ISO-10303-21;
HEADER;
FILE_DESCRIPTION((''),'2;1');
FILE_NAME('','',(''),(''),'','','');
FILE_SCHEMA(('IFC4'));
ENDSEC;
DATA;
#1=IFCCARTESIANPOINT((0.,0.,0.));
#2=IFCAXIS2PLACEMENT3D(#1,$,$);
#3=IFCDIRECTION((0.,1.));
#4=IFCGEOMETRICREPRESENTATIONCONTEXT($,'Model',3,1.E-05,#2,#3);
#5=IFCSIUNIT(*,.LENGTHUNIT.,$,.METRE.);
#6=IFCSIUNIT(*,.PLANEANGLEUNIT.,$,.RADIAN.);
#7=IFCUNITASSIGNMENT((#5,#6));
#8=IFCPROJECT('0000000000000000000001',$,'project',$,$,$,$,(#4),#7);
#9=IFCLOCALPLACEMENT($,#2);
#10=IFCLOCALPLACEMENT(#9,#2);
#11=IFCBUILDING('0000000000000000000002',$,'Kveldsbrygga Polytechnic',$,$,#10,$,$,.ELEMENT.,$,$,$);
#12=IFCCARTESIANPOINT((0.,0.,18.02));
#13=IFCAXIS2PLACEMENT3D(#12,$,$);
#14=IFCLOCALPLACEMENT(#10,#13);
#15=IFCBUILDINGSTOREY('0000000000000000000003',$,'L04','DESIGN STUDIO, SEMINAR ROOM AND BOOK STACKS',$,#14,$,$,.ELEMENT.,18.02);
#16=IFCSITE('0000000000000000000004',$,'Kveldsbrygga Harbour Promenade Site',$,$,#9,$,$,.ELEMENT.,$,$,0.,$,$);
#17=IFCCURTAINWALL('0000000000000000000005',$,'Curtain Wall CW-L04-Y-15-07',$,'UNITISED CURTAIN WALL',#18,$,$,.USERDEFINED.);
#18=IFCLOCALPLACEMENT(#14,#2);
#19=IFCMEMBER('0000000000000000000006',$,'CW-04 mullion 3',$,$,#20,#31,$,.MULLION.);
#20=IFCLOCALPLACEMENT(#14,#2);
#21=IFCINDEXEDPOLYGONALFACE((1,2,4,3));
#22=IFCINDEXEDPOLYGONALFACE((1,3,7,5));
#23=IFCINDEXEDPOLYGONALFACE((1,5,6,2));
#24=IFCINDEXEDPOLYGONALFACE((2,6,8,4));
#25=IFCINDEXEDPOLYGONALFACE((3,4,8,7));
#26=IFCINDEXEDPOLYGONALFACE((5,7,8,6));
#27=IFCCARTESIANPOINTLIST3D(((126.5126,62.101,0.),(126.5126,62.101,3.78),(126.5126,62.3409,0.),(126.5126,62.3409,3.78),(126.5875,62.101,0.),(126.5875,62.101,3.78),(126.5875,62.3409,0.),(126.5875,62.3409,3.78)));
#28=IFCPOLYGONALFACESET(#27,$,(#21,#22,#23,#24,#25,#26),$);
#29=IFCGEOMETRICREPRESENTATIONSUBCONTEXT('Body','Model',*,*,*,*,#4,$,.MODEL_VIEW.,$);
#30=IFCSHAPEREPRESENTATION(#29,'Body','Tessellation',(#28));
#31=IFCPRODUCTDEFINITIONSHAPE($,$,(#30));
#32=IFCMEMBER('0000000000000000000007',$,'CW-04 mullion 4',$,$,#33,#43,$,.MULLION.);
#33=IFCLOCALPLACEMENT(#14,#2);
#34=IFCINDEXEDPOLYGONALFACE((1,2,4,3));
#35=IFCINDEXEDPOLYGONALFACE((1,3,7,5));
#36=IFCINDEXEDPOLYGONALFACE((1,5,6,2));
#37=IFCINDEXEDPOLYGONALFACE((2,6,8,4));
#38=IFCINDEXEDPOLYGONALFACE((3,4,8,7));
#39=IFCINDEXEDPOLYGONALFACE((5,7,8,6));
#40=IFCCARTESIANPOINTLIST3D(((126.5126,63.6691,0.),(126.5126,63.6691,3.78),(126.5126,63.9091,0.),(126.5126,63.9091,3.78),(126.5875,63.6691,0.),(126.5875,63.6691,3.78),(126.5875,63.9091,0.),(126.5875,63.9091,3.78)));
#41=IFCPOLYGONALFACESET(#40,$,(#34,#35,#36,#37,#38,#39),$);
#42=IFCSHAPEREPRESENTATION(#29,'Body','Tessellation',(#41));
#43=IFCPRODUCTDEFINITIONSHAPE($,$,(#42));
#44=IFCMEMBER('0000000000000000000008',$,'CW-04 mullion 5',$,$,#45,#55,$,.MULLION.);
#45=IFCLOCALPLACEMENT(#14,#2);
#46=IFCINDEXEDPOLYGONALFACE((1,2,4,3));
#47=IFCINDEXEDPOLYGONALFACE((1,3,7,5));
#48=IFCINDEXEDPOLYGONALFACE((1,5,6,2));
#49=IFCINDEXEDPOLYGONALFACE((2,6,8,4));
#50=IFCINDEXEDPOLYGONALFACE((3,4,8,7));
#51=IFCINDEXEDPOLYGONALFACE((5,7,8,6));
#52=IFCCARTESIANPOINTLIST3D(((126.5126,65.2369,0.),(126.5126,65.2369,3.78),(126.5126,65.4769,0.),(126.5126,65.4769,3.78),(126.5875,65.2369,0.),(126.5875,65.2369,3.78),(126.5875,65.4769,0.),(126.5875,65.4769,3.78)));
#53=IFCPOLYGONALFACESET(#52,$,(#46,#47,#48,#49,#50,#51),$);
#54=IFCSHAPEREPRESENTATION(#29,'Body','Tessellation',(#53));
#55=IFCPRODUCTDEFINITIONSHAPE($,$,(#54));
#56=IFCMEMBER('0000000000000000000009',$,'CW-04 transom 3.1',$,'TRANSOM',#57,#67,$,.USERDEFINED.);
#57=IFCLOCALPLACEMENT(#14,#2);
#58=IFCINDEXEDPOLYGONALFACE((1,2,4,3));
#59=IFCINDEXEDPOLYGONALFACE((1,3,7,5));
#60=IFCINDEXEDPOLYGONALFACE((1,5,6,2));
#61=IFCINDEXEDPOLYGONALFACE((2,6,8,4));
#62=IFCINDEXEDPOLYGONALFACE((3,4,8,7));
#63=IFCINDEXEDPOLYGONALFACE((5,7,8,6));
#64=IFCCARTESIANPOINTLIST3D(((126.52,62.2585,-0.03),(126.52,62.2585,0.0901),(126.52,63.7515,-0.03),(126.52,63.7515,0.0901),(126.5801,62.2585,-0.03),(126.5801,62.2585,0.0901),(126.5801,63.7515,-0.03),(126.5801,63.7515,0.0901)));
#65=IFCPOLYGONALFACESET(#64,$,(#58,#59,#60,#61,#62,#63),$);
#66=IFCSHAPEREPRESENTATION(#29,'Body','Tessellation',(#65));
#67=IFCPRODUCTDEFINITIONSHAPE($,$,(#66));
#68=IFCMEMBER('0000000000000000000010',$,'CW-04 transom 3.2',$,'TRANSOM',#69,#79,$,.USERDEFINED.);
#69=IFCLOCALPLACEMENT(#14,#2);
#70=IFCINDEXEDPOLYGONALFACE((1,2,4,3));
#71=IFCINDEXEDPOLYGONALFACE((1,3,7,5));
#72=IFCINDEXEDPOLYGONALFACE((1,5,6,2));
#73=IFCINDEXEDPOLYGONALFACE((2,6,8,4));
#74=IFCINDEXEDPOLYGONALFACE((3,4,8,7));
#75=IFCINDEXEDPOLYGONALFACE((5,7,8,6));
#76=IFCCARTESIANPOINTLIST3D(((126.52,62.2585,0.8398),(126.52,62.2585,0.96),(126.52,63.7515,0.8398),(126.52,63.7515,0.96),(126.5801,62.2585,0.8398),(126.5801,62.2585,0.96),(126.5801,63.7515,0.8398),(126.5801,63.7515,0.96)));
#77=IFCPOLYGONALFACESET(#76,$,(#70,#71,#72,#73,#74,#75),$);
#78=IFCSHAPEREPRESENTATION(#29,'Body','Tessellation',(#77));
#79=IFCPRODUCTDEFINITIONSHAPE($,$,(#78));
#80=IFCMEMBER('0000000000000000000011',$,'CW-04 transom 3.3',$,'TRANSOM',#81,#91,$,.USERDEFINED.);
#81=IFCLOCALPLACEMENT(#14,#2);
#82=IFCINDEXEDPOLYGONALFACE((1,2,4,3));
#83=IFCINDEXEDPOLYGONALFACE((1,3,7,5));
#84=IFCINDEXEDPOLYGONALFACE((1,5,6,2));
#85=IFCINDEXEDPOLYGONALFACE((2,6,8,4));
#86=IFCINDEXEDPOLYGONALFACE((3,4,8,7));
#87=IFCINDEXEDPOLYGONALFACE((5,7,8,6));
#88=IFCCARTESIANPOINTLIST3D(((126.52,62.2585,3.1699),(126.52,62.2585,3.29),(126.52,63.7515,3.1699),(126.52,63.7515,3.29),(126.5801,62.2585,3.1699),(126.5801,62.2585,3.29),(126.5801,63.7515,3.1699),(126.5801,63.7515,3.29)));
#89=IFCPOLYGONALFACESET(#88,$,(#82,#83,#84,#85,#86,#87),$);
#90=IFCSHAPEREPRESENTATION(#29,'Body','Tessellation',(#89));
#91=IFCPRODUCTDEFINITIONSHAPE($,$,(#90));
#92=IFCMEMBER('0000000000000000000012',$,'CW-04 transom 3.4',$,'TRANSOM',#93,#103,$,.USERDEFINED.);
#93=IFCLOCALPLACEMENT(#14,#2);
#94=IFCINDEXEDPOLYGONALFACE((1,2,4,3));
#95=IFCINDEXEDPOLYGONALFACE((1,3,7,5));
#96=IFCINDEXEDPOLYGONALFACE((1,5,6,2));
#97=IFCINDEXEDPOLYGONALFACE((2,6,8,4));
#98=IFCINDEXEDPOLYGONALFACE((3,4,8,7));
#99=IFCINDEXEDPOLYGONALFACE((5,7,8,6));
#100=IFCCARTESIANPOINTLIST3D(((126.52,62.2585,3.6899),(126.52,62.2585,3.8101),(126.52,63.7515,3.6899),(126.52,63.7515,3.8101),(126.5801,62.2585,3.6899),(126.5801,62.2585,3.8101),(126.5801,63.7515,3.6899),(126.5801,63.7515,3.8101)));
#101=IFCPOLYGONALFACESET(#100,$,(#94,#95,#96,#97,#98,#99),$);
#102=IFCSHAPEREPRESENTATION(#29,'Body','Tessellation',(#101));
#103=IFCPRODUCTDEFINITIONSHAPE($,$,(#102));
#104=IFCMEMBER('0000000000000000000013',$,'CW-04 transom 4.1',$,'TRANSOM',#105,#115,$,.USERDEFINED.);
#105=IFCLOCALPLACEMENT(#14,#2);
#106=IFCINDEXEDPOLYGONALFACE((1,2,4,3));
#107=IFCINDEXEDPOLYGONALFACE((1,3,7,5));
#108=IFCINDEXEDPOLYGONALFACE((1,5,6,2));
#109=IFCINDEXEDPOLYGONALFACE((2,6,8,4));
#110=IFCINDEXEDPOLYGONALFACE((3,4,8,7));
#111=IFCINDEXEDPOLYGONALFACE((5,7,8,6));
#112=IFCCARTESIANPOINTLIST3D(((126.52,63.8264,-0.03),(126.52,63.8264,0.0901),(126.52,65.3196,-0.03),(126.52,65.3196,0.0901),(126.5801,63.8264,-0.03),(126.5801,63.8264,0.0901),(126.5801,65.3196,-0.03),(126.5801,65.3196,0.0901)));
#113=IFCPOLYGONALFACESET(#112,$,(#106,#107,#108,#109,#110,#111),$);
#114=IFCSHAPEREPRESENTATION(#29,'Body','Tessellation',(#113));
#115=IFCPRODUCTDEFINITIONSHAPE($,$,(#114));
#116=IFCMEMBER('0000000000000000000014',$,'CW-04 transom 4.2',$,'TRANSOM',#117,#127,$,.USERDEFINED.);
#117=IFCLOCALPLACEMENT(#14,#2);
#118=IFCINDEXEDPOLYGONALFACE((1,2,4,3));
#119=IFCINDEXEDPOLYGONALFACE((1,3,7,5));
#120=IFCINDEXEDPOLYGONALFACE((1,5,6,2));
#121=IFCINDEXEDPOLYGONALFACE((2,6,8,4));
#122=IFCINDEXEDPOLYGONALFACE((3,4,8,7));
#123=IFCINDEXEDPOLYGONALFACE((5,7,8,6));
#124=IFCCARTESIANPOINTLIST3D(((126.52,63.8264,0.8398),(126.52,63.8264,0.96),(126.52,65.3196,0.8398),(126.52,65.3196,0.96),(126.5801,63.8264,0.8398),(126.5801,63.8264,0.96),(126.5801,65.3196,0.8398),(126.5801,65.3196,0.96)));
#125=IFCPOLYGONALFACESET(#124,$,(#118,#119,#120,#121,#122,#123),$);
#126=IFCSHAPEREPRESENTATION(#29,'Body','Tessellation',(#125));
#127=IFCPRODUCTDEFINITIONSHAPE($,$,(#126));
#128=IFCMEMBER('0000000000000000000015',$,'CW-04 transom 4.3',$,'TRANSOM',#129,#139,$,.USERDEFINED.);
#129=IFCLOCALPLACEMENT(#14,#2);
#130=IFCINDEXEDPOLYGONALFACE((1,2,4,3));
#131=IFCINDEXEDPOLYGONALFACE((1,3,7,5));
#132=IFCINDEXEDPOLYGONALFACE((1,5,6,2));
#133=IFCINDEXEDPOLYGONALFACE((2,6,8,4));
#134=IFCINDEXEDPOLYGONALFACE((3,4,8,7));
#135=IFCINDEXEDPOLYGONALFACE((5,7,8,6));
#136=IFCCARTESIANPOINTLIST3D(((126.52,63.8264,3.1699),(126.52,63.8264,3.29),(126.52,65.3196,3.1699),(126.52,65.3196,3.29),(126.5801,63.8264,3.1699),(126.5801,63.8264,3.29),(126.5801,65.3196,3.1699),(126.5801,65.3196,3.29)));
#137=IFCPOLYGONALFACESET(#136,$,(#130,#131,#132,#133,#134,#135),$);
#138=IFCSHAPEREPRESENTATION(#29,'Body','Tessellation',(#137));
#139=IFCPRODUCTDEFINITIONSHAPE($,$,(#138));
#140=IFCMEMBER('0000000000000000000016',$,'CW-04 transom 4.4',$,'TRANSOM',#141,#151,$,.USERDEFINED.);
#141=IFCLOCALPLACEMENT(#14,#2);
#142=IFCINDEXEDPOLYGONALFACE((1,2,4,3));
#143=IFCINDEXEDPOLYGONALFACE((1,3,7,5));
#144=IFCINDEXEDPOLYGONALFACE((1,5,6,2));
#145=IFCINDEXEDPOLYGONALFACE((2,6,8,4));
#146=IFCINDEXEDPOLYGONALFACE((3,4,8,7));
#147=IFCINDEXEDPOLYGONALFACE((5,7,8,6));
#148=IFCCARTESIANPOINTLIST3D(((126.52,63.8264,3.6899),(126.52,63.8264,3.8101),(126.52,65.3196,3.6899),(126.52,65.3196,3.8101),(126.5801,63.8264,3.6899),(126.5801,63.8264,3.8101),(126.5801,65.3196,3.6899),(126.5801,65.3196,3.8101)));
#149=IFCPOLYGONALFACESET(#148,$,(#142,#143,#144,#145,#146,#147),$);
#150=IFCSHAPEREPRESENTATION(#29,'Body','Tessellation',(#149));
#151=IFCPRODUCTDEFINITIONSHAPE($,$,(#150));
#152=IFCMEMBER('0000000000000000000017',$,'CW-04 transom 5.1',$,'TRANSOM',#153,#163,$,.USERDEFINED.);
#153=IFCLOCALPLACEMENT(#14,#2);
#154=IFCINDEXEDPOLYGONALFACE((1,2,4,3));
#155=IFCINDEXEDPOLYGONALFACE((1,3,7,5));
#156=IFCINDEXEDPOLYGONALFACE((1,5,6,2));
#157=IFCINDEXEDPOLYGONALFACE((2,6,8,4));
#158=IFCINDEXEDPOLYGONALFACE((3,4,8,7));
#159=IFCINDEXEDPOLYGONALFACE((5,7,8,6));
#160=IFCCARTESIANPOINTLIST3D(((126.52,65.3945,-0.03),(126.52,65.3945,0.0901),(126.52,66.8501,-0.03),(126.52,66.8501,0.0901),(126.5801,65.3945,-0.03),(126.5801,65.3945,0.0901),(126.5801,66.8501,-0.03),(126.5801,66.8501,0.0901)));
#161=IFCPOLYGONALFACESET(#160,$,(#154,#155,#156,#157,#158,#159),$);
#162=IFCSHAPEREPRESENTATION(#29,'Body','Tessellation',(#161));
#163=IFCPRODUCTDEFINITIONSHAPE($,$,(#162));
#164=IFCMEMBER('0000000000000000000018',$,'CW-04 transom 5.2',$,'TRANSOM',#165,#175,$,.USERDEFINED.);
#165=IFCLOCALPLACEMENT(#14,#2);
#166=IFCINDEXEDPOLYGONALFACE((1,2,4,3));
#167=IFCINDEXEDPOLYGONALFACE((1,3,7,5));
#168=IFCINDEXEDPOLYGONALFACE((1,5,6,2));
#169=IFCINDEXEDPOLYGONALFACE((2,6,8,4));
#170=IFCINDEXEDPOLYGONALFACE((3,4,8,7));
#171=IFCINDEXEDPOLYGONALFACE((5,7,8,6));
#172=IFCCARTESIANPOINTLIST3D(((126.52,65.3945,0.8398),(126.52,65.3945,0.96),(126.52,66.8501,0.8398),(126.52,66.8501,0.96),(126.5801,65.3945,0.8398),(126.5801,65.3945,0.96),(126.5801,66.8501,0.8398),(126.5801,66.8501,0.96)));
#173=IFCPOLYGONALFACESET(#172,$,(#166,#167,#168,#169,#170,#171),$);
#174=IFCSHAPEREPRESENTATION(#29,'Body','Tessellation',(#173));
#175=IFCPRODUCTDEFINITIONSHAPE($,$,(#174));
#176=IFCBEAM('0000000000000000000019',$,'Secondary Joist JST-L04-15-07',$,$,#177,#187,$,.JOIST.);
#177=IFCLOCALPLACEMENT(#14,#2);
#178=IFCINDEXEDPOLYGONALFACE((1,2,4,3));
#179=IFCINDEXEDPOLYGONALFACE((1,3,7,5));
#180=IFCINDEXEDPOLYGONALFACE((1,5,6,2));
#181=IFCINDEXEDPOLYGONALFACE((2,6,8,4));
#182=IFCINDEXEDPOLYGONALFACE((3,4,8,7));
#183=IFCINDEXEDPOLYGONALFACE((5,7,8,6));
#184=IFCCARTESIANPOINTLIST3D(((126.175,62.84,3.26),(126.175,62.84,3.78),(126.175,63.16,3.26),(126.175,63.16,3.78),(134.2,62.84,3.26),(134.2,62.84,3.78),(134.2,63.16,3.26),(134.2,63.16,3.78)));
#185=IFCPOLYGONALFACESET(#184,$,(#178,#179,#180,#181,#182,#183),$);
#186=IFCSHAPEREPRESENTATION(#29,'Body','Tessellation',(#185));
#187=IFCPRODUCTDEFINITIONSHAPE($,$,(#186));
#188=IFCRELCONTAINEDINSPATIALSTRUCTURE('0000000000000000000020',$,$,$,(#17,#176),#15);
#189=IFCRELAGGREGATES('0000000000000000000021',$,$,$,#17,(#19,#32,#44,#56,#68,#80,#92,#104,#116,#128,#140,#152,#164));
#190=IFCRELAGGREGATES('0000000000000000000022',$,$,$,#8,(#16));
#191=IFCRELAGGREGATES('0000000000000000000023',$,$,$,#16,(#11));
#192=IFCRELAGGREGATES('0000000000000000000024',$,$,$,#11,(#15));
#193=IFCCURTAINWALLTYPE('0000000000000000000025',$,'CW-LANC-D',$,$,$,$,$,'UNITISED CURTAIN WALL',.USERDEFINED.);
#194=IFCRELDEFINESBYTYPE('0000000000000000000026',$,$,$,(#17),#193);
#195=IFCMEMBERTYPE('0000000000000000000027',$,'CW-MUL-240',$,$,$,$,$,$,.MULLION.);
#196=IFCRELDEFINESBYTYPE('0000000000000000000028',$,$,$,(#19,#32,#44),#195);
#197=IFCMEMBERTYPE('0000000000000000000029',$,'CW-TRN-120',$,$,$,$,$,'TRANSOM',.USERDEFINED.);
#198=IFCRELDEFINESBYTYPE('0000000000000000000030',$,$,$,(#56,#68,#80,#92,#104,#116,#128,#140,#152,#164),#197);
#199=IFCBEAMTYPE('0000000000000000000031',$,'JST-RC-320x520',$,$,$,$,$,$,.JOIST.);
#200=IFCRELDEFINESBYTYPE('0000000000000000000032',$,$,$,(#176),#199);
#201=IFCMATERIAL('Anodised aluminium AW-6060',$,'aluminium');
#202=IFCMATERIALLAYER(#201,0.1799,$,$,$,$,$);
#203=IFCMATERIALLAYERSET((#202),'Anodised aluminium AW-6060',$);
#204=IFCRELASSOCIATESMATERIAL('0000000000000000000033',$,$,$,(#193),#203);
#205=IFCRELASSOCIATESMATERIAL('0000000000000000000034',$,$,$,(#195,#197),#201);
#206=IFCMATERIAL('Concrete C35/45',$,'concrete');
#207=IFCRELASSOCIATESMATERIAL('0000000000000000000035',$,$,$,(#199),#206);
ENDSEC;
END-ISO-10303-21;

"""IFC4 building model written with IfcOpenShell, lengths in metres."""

from ifc_helpers import new_model, si_unit, direction, frame, origin, origin_2d, place, context, subcontext, project, spatial, rectangle, extrude, material, layer, layer_set, material_profile, profile_set, type_object, element, aggregate, save


model = new_model("IFC4")

# Units and contexts
model_context = context("Model", 3, precision=1e-05, world=origin(), true_north=direction((0.0, 1.0)))
body_context = subcontext(model_context, "Body", "Model", "MODEL_VIEW")
ifc_project = project(units=[si_unit("LENGTHUNIT", "METRE"), si_unit("PLANEANGLEUNIT", "RADIAN")], contexts=[model_context])

# Site, building, storey
site_placement = place(None, origin())
site = spatial("IfcSite", under=ifc_project, at=site_placement, Name="Kveldsbrygga Harbour Promenade Site", CompositionType="ELEMENT", RefElevation=0.0)
building_placement = place(site_placement, origin())
building = spatial("IfcBuilding", under=site, at=building_placement, Name="Kveldsbrygga Polytechnic", CompositionType="ELEMENT")
storey_placement = place(building_placement, frame((0.0, 0.0, 18.02)))
storey = spatial("IfcBuildingStorey", under=building, at=storey_placement, Name="L04", Description="DESIGN STUDIO, SEMINAR ROOM AND BOOK STACKS", CompositionType="ELEMENT", Elevation=18.02)

# Curtain wall, members
ifc_material_1 = material(Name="Anodised aluminium AW-6060", Category="aluminium")
ifc_layer_1 = layer(ifc_material_1, 0.1799)
ifc_layer_set_1 = layer_set([ifc_layer_1], Name="Anodised aluminium AW-6060")
curtain_wall_type = type_object("IfcCurtainWallType", Name="CW-LANC-D", ElementType="UNITISED CURTAIN WALL", PredefinedType="USERDEFINED", material=ifc_layer_set_1)
curtain_wall_placement = place(storey_placement, origin())
curtain_wall = element("IfcCurtainWall", 1, at=curtain_wall_placement, inside=storey, type_object=curtain_wall_type, Name="Curtain Wall CW-L04-Y-15-07", ObjectType="UNITISED CURTAIN WALL", PredefinedType="USERDEFINED")
ifc_material_profile_1 = material_profile(ifc_material_1, rectangle(XDim=0.075, YDim=0.24, at=origin_2d()), Name="ALU 75x240")
ifc_profile_set_1 = profile_set([ifc_material_profile_1], Name="Anodised aluminium AW-6060")
member_type_1 = type_object("IfcMemberType", Name="CW-MUL-240", PredefinedType="MULLION", material=ifc_profile_set_1)
member_1_placement = place(storey_placement, frame((126.55, 62.2209, 0.0), z_axis=(0.0, 0.0, 1.0), x_axis=(-1.0, 0.0, 0.0)))
member_1 = element("IfcMember", 2, at=member_1_placement, type_object=member_type_1, Name="CW-04 mullion 3", PredefinedType="MULLION", context=body_context, shape_type="SweptSolid", body=[
    extrude(rectangle(XDim=0.075, YDim=0.24, at=origin_2d()), origin(), (0.0, 0.0, 1.0), 3.78),
])
member_2_placement = place(storey_placement, frame((126.55, 63.7891, 0.0), z_axis=(0.0, 0.0, 1.0), x_axis=(-1.0, 0.0, 0.0)))
member_2 = element("IfcMember", 3, at=member_2_placement, type_object=member_type_1, Name="CW-04 mullion 4", PredefinedType="MULLION", context=body_context, shape_type="SweptSolid", body=[
    extrude(rectangle(XDim=0.075, YDim=0.24, at=origin_2d()), origin(), (0.0, 0.0, 1.0), 3.78),
])
member_3_placement = place(storey_placement, frame((126.55, 65.3569, 0.0), z_axis=(0.0, 0.0, 1.0), x_axis=(-1.0, 0.0, 0.0)))
member_3 = element("IfcMember", 4, at=member_3_placement, type_object=member_type_1, Name="CW-04 mullion 5", PredefinedType="MULLION", context=body_context, shape_type="SweptSolid", body=[
    extrude(rectangle(XDim=0.075, YDim=0.24, at=origin_2d()), origin(), (0.0, 0.0, 1.0), 3.78),
])
ifc_material_profile_2 = material_profile(ifc_material_1, rectangle(XDim=0.0601, YDim=0.1201, at=origin_2d()), Name="ALU 60x120")
ifc_profile_set_2 = profile_set([ifc_material_profile_2], Name="Anodised aluminium AW-6060")
member_type_2 = type_object("IfcMemberType", Name="CW-TRN-120", ElementType="TRANSOM", PredefinedType="USERDEFINED", material=ifc_profile_set_2)
member_4_placement = place(storey_placement, frame((126.55, 62.2585, 0.03), z_axis=(0.0, 1.0, 0.0), x_axis=(-1.0, 0.0, 0.0)))
member_4 = element("IfcMember", 5, at=member_4_placement, type_object=member_type_2, Name="CW-04 transom 3.1", ObjectType="TRANSOM", PredefinedType="USERDEFINED", context=body_context, shape_type="SweptSolid", body=[
    extrude(rectangle(XDim=0.0601, YDim=0.1201, at=origin_2d()), origin(), (0.0, 0.0, 1.0), 1.4929),
])
member_5_placement = place(storey_placement, frame((126.55, 62.2585, 0.8999), z_axis=(0.0, 1.0, 0.0), x_axis=(-1.0, 0.0, 0.0)))
member_5 = element("IfcMember", 6, at=member_5_placement, type_object=member_type_2, Name="CW-04 transom 3.2", ObjectType="TRANSOM", PredefinedType="USERDEFINED", context=body_context, shape_type="SweptSolid", body=[
    extrude(rectangle(XDim=0.0601, YDim=0.1201, at=origin_2d()), origin(), (0.0, 0.0, 1.0), 1.4929),
])
member_6_placement = place(storey_placement, frame((126.55, 62.2585, 3.23), z_axis=(0.0, 1.0, 0.0), x_axis=(-1.0, 0.0, 0.0)))
member_6 = element("IfcMember", 7, at=member_6_placement, type_object=member_type_2, Name="CW-04 transom 3.3", ObjectType="TRANSOM", PredefinedType="USERDEFINED", context=body_context, shape_type="SweptSolid", body=[
    extrude(rectangle(XDim=0.0601, YDim=0.1201, at=origin_2d()), origin(), (0.0, 0.0, 1.0), 1.4929),
])
member_7_placement = place(storey_placement, frame((126.55, 62.2585, 3.75), z_axis=(0.0, 1.0, 0.0), x_axis=(-1.0, 0.0, 0.0)))
member_7 = element("IfcMember", 8, at=member_7_placement, type_object=member_type_2, Name="CW-04 transom 3.4", ObjectType="TRANSOM", PredefinedType="USERDEFINED", context=body_context, shape_type="SweptSolid", body=[
    extrude(rectangle(XDim=0.0601, YDim=0.1201, at=origin_2d()), origin(), (0.0, 0.0, 1.0), 1.4929),
])
member_8_placement = place(storey_placement, frame((126.55, 63.8264, 0.03), z_axis=(0.0, 1.0, 0.0), x_axis=(-1.0, 0.0, 0.0)))
member_8 = element("IfcMember", 9, at=member_8_placement, type_object=member_type_2, Name="CW-04 transom 4.1", ObjectType="TRANSOM", PredefinedType="USERDEFINED", context=body_context, shape_type="SweptSolid", body=[
    extrude(rectangle(XDim=0.0601, YDim=0.1201, at=origin_2d()), origin(), (0.0, 0.0, 1.0), 1.4932),
])
member_9_placement = place(storey_placement, frame((126.55, 63.8264, 0.8999), z_axis=(0.0, 1.0, 0.0), x_axis=(-1.0, 0.0, 0.0)))
member_9 = element("IfcMember", 10, at=member_9_placement, type_object=member_type_2, Name="CW-04 transom 4.2", ObjectType="TRANSOM", PredefinedType="USERDEFINED", context=body_context, shape_type="SweptSolid", body=[
    extrude(rectangle(XDim=0.0601, YDim=0.1201, at=origin_2d()), origin(), (0.0, 0.0, 1.0), 1.4932),
])
member_10_placement = place(storey_placement, frame((126.55, 63.8264, 3.23), z_axis=(0.0, 1.0, 0.0), x_axis=(-1.0, 0.0, 0.0)))
member_10 = element("IfcMember", 11, at=member_10_placement, type_object=member_type_2, Name="CW-04 transom 4.3", ObjectType="TRANSOM", PredefinedType="USERDEFINED", context=body_context, shape_type="SweptSolid", body=[
    extrude(rectangle(XDim=0.0601, YDim=0.1201, at=origin_2d()), origin(), (0.0, 0.0, 1.0), 1.4932),
])
member_11_placement = place(storey_placement, frame((126.55, 63.8264, 3.75), z_axis=(0.0, 1.0, 0.0), x_axis=(-1.0, 0.0, 0.0)))
member_11 = element("IfcMember", 12, at=member_11_placement, type_object=member_type_2, Name="CW-04 transom 4.4", ObjectType="TRANSOM", PredefinedType="USERDEFINED", context=body_context, shape_type="SweptSolid", body=[
    extrude(rectangle(XDim=0.0601, YDim=0.1201, at=origin_2d()), origin(), (0.0, 0.0, 1.0), 1.4932),
])
member_12_placement = place(storey_placement, frame((126.55, 65.3945, 0.03), z_axis=(0.0, 1.0, 0.0), x_axis=(-1.0, 0.0, 0.0)))
member_12 = element("IfcMember", 13, at=member_12_placement, type_object=member_type_2, Name="CW-04 transom 5.1", ObjectType="TRANSOM", PredefinedType="USERDEFINED", context=body_context, shape_type="SweptSolid", body=[
    extrude(rectangle(XDim=0.0601, YDim=0.1201, at=origin_2d()), origin(), (0.0, 0.0, 1.0), 1.4556),
])
member_13_placement = place(storey_placement, frame((126.55, 65.3945, 0.8999), z_axis=(0.0, 1.0, 0.0), x_axis=(-1.0, 0.0, 0.0)))
member_13 = element("IfcMember", 14, at=member_13_placement, type_object=member_type_2, Name="CW-04 transom 5.2", ObjectType="TRANSOM", PredefinedType="USERDEFINED", context=body_context, shape_type="SweptSolid", body=[
    extrude(rectangle(XDim=0.0601, YDim=0.1201, at=origin_2d()), origin(), (0.0, 0.0, 1.0), 1.4556),
])

# Beam
ifc_material_2 = material(Name="Concrete C35/45", Category="concrete")
ifc_material_profile_3 = material_profile(ifc_material_2, rectangle(XDim=0.3201, YDim=0.52, at=origin_2d()), Name="RC 320x520")
ifc_profile_set_3 = profile_set([ifc_material_profile_3], Name="Concrete C35/45")
beam_type = type_object("IfcBeamType", Name="JST-RC-320x520", PredefinedType="JOIST", material=ifc_profile_set_3)
beam_placement = place(storey_placement, frame((126.175, 63.0, 3.52), z_axis=(1.0, 0.0, 0.0), x_axis=(0.0, 1.0, 0.0)))
element("IfcBeam", 15, at=beam_placement, inside=storey, type_object=beam_type, Name="Secondary Joist JST-L04-15-07", PredefinedType="JOIST", context=body_context, shape_type="SweptSolid", body=[
    extrude(rectangle(XDim=0.3201, YDim=0.52, at=origin_2d()), origin(), (0.0, 0.0, 1.0), 8.0249),
])

aggregate(curtain_wall, [member_1, member_2, member_3, member_4, member_5, member_6, member_7, member_8, member_9, member_10, member_11, member_12, member_13])

save(model, "model.ifc")
